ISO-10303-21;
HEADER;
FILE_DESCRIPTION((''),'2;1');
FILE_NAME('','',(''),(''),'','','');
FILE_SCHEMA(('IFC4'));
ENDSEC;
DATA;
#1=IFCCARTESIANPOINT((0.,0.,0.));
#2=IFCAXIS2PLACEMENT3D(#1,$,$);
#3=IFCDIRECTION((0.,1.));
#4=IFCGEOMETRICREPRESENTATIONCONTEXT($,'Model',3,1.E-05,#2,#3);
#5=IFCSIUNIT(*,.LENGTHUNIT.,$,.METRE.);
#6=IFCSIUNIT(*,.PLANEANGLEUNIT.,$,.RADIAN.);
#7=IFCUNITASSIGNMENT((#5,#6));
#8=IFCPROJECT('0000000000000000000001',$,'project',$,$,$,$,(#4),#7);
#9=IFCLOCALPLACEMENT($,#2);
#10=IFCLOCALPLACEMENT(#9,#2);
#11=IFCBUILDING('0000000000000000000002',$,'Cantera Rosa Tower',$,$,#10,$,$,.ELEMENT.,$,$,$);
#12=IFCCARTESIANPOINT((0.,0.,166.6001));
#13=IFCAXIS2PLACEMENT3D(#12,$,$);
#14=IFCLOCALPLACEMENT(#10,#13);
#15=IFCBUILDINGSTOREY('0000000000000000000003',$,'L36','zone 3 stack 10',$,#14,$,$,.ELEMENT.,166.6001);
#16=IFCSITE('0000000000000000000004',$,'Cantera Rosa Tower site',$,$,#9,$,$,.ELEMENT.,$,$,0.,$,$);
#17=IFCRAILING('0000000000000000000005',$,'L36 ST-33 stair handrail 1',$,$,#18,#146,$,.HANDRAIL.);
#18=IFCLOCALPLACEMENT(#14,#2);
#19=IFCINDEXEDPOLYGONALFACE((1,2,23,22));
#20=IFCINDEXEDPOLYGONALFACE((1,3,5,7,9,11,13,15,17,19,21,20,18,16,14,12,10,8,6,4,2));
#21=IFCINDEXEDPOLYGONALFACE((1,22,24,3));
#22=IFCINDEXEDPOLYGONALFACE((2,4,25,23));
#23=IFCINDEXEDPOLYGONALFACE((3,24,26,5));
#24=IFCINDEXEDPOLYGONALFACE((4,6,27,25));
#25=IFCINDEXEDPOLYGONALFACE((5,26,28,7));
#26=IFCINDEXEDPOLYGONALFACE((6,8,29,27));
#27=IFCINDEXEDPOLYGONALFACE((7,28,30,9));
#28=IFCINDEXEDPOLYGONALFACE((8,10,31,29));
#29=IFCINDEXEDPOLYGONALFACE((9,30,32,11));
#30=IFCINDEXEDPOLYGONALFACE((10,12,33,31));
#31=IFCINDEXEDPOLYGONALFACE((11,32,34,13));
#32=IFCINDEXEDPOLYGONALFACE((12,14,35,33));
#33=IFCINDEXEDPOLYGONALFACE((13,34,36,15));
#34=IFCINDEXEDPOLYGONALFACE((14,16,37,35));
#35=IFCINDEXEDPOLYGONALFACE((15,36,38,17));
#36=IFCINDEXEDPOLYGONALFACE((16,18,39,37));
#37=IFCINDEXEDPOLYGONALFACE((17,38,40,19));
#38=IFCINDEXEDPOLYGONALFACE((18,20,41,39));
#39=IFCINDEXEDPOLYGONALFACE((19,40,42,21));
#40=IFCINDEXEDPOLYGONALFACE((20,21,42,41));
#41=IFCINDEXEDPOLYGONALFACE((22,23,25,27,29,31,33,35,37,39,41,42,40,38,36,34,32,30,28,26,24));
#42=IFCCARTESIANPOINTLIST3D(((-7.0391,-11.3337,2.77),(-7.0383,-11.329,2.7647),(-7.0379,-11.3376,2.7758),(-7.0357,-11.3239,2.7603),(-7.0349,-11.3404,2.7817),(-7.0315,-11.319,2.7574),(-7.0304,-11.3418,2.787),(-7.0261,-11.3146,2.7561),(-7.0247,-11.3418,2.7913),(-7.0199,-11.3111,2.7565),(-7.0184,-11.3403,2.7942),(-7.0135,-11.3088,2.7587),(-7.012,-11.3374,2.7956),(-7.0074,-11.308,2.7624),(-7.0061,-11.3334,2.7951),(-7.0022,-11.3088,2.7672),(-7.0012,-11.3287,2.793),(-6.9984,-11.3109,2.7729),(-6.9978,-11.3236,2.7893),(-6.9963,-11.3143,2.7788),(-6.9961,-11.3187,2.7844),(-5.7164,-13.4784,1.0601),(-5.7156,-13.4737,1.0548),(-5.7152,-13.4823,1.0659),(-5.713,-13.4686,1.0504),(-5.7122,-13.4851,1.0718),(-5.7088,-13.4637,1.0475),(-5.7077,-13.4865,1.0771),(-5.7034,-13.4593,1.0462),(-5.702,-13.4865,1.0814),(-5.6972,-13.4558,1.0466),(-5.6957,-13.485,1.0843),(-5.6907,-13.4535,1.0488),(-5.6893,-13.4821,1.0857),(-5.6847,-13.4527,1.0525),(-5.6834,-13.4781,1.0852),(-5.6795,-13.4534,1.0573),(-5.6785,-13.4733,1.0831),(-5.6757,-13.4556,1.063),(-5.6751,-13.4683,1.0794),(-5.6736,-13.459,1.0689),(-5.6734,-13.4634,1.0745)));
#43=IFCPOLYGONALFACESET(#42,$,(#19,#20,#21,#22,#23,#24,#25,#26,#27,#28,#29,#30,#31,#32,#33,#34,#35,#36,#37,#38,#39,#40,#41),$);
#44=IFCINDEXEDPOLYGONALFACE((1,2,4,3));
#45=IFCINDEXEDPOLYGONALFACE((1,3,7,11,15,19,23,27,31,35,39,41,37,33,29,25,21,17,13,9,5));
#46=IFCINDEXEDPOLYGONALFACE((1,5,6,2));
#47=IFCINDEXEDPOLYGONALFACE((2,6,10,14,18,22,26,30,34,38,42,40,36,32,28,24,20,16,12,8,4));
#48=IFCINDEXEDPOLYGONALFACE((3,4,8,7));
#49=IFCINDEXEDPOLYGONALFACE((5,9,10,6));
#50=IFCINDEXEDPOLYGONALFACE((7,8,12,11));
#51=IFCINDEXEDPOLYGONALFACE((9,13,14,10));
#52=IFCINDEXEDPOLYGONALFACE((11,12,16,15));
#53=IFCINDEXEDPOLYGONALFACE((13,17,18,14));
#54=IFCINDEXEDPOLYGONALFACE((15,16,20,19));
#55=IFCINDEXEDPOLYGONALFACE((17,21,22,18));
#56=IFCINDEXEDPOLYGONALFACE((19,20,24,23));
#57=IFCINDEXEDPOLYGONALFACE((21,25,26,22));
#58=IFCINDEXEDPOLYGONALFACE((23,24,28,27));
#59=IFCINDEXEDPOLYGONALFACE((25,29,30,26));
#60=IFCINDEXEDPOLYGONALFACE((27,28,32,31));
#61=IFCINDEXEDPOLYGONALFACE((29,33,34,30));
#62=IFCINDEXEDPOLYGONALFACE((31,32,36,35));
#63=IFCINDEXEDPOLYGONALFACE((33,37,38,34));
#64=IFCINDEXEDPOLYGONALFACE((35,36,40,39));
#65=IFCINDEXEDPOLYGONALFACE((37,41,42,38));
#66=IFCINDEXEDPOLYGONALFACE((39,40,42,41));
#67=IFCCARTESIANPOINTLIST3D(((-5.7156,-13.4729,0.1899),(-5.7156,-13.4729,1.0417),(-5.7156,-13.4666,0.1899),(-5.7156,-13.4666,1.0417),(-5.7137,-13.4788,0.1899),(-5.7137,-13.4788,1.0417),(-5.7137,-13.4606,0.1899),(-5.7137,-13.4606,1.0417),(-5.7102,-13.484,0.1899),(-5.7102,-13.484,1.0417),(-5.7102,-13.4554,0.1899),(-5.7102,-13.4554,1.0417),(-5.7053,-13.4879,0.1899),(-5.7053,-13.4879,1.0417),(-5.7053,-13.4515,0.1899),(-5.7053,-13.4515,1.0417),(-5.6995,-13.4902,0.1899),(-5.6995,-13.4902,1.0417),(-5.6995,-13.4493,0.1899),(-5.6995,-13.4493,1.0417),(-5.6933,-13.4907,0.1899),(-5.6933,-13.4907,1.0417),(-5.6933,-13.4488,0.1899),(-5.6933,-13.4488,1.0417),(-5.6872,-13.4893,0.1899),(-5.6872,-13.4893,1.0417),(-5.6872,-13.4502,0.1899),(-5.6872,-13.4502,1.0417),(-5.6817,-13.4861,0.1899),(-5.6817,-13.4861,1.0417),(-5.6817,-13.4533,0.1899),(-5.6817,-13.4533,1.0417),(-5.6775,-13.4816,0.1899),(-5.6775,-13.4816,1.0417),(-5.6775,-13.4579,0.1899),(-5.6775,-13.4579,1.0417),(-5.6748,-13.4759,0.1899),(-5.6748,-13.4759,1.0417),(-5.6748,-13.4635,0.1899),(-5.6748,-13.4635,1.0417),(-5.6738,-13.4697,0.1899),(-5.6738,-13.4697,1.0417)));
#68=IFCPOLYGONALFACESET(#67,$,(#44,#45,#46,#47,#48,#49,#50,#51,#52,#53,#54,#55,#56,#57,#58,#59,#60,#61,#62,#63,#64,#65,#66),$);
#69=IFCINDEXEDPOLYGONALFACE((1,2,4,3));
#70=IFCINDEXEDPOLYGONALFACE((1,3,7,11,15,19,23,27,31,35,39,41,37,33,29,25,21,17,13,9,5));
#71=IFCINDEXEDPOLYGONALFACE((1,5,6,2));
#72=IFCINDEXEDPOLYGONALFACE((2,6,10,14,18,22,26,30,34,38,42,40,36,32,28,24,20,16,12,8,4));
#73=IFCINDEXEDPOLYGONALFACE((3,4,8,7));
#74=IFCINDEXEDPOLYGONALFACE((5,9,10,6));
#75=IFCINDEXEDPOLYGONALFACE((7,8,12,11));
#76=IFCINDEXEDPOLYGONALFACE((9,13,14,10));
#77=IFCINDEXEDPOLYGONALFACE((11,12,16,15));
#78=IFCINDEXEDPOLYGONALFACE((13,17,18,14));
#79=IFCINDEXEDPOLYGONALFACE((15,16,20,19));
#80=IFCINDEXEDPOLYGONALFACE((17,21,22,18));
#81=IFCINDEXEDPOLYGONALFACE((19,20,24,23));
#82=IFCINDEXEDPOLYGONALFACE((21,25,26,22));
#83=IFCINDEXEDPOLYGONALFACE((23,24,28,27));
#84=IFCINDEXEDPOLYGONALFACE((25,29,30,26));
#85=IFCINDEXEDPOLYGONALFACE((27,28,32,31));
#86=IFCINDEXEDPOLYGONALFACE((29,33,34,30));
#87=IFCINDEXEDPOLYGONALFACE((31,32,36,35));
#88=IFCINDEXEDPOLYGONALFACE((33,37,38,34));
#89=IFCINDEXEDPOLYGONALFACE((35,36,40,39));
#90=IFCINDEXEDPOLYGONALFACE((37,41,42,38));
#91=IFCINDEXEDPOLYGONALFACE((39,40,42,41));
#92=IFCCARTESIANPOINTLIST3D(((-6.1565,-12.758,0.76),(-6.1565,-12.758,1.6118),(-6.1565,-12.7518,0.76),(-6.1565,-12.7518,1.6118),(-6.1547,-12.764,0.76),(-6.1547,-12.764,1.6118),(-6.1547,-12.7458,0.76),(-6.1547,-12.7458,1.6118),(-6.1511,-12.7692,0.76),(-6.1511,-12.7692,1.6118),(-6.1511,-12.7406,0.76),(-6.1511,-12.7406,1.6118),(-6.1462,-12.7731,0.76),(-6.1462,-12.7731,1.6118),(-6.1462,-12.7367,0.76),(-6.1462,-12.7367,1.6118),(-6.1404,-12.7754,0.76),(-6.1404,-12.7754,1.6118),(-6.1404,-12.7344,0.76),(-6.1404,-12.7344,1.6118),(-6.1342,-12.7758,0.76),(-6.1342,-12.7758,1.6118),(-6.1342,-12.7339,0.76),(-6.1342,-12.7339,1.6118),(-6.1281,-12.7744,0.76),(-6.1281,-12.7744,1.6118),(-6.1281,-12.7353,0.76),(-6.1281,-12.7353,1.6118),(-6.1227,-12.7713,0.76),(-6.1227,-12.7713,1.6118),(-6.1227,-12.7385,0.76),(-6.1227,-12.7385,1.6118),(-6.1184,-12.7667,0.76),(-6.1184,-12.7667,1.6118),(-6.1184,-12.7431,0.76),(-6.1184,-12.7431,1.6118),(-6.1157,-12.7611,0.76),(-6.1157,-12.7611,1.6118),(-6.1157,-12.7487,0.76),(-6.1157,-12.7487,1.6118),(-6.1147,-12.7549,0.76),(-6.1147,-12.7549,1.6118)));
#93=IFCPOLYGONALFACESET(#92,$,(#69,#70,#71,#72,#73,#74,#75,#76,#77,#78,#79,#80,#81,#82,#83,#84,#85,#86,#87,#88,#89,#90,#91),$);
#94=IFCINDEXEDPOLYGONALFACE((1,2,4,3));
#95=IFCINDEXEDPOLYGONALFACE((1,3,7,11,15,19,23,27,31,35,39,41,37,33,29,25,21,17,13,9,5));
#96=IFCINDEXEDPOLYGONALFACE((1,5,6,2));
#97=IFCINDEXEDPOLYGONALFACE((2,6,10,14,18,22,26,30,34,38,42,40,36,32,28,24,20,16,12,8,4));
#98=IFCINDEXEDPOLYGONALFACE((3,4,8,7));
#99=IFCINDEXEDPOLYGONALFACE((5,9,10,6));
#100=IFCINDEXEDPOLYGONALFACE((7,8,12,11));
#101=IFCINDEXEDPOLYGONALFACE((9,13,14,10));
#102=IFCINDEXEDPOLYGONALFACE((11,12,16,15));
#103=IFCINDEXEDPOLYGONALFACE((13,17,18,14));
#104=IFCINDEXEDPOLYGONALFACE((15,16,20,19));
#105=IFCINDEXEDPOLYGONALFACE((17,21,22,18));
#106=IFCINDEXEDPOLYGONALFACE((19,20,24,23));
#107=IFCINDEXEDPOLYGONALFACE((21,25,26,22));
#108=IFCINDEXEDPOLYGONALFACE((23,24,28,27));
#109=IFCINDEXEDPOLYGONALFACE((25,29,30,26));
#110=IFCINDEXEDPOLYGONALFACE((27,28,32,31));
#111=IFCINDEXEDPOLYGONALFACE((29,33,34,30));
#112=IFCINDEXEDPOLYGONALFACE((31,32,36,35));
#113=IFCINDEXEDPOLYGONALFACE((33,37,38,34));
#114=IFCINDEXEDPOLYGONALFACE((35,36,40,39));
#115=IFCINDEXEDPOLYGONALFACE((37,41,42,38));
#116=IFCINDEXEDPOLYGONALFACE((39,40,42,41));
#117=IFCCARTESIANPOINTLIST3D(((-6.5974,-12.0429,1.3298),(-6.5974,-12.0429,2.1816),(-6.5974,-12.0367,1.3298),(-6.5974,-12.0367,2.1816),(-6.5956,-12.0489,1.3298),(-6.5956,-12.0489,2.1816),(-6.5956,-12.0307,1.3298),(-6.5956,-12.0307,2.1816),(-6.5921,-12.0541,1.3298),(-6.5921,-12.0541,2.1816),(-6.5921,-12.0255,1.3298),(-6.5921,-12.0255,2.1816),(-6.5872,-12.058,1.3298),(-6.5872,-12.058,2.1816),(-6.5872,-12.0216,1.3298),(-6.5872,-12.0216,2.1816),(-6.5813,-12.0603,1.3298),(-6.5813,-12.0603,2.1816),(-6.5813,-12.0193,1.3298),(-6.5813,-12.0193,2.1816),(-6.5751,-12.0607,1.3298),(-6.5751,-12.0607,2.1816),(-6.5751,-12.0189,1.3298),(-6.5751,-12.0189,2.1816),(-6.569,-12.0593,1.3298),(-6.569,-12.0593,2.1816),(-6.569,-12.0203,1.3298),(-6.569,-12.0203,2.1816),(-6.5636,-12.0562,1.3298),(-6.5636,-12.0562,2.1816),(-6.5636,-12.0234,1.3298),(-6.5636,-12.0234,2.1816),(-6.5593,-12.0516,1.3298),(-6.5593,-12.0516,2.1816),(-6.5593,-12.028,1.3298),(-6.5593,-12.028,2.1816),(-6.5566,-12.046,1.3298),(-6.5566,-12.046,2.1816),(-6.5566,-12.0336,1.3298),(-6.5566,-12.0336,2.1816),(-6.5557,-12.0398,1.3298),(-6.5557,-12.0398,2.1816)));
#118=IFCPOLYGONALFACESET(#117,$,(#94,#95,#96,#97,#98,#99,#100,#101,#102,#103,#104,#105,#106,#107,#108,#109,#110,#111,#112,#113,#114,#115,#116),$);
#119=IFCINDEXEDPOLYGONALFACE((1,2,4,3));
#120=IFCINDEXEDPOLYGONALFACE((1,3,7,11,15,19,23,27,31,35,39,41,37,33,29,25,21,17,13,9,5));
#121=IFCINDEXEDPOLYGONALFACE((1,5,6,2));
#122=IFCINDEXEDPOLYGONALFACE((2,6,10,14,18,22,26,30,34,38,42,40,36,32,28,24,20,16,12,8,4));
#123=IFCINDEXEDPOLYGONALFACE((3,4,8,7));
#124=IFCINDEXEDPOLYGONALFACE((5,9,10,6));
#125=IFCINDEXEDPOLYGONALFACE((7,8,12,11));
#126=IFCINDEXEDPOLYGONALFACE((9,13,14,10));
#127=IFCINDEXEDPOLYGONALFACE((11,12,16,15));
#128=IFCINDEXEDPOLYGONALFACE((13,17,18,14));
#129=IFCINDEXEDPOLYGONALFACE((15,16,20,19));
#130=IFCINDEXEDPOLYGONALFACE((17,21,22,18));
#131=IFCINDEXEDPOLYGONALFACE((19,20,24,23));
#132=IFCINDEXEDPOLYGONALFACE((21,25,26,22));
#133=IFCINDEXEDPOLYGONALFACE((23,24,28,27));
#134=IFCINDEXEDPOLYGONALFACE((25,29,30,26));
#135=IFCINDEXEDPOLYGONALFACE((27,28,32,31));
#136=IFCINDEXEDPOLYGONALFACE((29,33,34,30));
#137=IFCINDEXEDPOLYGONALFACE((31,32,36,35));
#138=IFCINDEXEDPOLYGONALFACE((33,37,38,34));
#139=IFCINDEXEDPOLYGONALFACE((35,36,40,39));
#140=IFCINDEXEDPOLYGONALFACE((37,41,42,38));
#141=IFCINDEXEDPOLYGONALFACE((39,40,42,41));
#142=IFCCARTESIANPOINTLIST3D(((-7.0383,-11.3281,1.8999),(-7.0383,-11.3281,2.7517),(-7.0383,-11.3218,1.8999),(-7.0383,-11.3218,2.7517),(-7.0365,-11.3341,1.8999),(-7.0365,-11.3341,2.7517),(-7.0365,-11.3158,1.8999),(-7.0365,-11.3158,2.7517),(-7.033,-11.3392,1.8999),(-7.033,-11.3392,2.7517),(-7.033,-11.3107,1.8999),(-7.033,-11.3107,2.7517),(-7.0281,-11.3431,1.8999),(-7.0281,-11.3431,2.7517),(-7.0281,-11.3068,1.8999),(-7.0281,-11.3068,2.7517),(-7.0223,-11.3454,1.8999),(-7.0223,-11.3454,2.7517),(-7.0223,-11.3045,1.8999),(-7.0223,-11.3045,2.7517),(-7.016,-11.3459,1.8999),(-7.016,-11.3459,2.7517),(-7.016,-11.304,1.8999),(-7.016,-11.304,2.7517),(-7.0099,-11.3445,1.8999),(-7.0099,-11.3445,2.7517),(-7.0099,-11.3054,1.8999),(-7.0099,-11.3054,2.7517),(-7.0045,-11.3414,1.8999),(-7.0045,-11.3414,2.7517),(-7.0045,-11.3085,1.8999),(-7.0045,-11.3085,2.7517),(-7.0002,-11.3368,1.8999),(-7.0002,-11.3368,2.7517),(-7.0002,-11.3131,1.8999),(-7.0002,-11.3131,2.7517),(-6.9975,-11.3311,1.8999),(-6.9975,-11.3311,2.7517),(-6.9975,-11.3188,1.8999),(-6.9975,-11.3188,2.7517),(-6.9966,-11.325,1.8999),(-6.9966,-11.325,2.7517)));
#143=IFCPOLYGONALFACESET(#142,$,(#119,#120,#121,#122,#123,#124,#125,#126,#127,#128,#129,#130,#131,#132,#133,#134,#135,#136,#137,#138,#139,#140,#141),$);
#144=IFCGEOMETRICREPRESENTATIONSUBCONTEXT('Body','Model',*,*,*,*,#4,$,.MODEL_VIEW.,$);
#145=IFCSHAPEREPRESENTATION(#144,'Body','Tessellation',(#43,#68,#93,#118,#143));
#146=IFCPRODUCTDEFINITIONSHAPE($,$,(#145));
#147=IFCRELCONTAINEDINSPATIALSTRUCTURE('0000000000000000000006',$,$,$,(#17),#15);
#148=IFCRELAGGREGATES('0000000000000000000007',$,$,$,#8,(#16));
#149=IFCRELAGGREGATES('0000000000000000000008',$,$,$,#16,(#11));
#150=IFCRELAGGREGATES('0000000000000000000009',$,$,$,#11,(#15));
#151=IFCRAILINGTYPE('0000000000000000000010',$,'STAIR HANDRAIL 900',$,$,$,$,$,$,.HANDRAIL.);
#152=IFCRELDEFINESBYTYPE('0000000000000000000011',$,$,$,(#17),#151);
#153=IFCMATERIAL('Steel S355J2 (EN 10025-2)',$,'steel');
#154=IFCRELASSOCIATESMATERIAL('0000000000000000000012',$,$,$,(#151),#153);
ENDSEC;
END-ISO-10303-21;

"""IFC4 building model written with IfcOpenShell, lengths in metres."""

from ifc_helpers import new_model, si_unit, direction, frame, origin, origin_2d, place, context, subcontext, project, spatial, circle, extrude, material, type_object, element, save


model = new_model("IFC4")

# Units and contexts
model_context = context("Model", 3, precision=1e-05, world=origin(), true_north=direction((0.0, 1.0)))
body_context = subcontext(model_context, "Body", "Model", "MODEL_VIEW")
ifc_project = project(units=[si_unit("LENGTHUNIT", "METRE"), si_unit("PLANEANGLEUNIT", "RADIAN")], contexts=[model_context])

# Site, building, storey
site_placement = place(None, origin())
site = spatial("IfcSite", under=ifc_project, at=site_placement, Name="Cantera Rosa Tower site", CompositionType="ELEMENT", RefElevation=0.0)
building_placement = place(site_placement, origin())
building = spatial("IfcBuilding", under=site, at=building_placement, Name="Cantera Rosa Tower", CompositionType="ELEMENT")
storey_placement = place(building_placement, frame((0.0, 0.0, 166.6001)))
storey = spatial("IfcBuildingStorey", under=building, at=storey_placement, Name="L36", Description="zone 3 stack 10", CompositionType="ELEMENT", Elevation=166.6001)

# Railing
ifc_material_1 = material(Name="Steel S355J2 (EN 10025-2)", Category="steel")
railing_type_1 = type_object("IfcRailingType", Name="STAIR HANDRAIL 900", PredefinedType="HANDRAIL", material=ifc_material_1)
railing_1_placement = place(storey_placement, frame((-5.6948, -13.4697, 0.1899)))
element("IfcRailing", 1, at=railing_1_placement, inside=storey, type_object=railing_type_1, Name="L36 ST-33 stair handrail 1", PredefinedType="HANDRAIL", context=body_context, shape_type="SweptSolid", body=[
    extrude(circle(Radius=0.0239, at=origin_2d()), frame((0.0, 0.0, 0.876), z_axis=(-0.434363, 0.704296, 0.561513), x_axis=(-0.851146, -0.52493, 0.0)), (0.0, 0.0, 1.0), 3.0452),
    extrude(circle(Radius=0.021, at=origin_2d()), origin(), (0.0, 0.0, 1.0), 0.8518),
    extrude(circle(Radius=0.021, at=origin_2d()), frame((-0.4409, 0.7148, 0.5701)), (0.0, 0.0, 1.0), 0.8518),
    extrude(circle(Radius=0.021, at=origin_2d()), frame((-0.8818, 1.4299, 1.1399)), (0.0, 0.0, 1.0), 0.8518),
    extrude(circle(Radius=0.021, at=origin_2d()), frame((-1.3228, 2.1448, 1.71)), (0.0, 0.0, 1.0), 0.8518),
])

save(model, "model.ifc")
